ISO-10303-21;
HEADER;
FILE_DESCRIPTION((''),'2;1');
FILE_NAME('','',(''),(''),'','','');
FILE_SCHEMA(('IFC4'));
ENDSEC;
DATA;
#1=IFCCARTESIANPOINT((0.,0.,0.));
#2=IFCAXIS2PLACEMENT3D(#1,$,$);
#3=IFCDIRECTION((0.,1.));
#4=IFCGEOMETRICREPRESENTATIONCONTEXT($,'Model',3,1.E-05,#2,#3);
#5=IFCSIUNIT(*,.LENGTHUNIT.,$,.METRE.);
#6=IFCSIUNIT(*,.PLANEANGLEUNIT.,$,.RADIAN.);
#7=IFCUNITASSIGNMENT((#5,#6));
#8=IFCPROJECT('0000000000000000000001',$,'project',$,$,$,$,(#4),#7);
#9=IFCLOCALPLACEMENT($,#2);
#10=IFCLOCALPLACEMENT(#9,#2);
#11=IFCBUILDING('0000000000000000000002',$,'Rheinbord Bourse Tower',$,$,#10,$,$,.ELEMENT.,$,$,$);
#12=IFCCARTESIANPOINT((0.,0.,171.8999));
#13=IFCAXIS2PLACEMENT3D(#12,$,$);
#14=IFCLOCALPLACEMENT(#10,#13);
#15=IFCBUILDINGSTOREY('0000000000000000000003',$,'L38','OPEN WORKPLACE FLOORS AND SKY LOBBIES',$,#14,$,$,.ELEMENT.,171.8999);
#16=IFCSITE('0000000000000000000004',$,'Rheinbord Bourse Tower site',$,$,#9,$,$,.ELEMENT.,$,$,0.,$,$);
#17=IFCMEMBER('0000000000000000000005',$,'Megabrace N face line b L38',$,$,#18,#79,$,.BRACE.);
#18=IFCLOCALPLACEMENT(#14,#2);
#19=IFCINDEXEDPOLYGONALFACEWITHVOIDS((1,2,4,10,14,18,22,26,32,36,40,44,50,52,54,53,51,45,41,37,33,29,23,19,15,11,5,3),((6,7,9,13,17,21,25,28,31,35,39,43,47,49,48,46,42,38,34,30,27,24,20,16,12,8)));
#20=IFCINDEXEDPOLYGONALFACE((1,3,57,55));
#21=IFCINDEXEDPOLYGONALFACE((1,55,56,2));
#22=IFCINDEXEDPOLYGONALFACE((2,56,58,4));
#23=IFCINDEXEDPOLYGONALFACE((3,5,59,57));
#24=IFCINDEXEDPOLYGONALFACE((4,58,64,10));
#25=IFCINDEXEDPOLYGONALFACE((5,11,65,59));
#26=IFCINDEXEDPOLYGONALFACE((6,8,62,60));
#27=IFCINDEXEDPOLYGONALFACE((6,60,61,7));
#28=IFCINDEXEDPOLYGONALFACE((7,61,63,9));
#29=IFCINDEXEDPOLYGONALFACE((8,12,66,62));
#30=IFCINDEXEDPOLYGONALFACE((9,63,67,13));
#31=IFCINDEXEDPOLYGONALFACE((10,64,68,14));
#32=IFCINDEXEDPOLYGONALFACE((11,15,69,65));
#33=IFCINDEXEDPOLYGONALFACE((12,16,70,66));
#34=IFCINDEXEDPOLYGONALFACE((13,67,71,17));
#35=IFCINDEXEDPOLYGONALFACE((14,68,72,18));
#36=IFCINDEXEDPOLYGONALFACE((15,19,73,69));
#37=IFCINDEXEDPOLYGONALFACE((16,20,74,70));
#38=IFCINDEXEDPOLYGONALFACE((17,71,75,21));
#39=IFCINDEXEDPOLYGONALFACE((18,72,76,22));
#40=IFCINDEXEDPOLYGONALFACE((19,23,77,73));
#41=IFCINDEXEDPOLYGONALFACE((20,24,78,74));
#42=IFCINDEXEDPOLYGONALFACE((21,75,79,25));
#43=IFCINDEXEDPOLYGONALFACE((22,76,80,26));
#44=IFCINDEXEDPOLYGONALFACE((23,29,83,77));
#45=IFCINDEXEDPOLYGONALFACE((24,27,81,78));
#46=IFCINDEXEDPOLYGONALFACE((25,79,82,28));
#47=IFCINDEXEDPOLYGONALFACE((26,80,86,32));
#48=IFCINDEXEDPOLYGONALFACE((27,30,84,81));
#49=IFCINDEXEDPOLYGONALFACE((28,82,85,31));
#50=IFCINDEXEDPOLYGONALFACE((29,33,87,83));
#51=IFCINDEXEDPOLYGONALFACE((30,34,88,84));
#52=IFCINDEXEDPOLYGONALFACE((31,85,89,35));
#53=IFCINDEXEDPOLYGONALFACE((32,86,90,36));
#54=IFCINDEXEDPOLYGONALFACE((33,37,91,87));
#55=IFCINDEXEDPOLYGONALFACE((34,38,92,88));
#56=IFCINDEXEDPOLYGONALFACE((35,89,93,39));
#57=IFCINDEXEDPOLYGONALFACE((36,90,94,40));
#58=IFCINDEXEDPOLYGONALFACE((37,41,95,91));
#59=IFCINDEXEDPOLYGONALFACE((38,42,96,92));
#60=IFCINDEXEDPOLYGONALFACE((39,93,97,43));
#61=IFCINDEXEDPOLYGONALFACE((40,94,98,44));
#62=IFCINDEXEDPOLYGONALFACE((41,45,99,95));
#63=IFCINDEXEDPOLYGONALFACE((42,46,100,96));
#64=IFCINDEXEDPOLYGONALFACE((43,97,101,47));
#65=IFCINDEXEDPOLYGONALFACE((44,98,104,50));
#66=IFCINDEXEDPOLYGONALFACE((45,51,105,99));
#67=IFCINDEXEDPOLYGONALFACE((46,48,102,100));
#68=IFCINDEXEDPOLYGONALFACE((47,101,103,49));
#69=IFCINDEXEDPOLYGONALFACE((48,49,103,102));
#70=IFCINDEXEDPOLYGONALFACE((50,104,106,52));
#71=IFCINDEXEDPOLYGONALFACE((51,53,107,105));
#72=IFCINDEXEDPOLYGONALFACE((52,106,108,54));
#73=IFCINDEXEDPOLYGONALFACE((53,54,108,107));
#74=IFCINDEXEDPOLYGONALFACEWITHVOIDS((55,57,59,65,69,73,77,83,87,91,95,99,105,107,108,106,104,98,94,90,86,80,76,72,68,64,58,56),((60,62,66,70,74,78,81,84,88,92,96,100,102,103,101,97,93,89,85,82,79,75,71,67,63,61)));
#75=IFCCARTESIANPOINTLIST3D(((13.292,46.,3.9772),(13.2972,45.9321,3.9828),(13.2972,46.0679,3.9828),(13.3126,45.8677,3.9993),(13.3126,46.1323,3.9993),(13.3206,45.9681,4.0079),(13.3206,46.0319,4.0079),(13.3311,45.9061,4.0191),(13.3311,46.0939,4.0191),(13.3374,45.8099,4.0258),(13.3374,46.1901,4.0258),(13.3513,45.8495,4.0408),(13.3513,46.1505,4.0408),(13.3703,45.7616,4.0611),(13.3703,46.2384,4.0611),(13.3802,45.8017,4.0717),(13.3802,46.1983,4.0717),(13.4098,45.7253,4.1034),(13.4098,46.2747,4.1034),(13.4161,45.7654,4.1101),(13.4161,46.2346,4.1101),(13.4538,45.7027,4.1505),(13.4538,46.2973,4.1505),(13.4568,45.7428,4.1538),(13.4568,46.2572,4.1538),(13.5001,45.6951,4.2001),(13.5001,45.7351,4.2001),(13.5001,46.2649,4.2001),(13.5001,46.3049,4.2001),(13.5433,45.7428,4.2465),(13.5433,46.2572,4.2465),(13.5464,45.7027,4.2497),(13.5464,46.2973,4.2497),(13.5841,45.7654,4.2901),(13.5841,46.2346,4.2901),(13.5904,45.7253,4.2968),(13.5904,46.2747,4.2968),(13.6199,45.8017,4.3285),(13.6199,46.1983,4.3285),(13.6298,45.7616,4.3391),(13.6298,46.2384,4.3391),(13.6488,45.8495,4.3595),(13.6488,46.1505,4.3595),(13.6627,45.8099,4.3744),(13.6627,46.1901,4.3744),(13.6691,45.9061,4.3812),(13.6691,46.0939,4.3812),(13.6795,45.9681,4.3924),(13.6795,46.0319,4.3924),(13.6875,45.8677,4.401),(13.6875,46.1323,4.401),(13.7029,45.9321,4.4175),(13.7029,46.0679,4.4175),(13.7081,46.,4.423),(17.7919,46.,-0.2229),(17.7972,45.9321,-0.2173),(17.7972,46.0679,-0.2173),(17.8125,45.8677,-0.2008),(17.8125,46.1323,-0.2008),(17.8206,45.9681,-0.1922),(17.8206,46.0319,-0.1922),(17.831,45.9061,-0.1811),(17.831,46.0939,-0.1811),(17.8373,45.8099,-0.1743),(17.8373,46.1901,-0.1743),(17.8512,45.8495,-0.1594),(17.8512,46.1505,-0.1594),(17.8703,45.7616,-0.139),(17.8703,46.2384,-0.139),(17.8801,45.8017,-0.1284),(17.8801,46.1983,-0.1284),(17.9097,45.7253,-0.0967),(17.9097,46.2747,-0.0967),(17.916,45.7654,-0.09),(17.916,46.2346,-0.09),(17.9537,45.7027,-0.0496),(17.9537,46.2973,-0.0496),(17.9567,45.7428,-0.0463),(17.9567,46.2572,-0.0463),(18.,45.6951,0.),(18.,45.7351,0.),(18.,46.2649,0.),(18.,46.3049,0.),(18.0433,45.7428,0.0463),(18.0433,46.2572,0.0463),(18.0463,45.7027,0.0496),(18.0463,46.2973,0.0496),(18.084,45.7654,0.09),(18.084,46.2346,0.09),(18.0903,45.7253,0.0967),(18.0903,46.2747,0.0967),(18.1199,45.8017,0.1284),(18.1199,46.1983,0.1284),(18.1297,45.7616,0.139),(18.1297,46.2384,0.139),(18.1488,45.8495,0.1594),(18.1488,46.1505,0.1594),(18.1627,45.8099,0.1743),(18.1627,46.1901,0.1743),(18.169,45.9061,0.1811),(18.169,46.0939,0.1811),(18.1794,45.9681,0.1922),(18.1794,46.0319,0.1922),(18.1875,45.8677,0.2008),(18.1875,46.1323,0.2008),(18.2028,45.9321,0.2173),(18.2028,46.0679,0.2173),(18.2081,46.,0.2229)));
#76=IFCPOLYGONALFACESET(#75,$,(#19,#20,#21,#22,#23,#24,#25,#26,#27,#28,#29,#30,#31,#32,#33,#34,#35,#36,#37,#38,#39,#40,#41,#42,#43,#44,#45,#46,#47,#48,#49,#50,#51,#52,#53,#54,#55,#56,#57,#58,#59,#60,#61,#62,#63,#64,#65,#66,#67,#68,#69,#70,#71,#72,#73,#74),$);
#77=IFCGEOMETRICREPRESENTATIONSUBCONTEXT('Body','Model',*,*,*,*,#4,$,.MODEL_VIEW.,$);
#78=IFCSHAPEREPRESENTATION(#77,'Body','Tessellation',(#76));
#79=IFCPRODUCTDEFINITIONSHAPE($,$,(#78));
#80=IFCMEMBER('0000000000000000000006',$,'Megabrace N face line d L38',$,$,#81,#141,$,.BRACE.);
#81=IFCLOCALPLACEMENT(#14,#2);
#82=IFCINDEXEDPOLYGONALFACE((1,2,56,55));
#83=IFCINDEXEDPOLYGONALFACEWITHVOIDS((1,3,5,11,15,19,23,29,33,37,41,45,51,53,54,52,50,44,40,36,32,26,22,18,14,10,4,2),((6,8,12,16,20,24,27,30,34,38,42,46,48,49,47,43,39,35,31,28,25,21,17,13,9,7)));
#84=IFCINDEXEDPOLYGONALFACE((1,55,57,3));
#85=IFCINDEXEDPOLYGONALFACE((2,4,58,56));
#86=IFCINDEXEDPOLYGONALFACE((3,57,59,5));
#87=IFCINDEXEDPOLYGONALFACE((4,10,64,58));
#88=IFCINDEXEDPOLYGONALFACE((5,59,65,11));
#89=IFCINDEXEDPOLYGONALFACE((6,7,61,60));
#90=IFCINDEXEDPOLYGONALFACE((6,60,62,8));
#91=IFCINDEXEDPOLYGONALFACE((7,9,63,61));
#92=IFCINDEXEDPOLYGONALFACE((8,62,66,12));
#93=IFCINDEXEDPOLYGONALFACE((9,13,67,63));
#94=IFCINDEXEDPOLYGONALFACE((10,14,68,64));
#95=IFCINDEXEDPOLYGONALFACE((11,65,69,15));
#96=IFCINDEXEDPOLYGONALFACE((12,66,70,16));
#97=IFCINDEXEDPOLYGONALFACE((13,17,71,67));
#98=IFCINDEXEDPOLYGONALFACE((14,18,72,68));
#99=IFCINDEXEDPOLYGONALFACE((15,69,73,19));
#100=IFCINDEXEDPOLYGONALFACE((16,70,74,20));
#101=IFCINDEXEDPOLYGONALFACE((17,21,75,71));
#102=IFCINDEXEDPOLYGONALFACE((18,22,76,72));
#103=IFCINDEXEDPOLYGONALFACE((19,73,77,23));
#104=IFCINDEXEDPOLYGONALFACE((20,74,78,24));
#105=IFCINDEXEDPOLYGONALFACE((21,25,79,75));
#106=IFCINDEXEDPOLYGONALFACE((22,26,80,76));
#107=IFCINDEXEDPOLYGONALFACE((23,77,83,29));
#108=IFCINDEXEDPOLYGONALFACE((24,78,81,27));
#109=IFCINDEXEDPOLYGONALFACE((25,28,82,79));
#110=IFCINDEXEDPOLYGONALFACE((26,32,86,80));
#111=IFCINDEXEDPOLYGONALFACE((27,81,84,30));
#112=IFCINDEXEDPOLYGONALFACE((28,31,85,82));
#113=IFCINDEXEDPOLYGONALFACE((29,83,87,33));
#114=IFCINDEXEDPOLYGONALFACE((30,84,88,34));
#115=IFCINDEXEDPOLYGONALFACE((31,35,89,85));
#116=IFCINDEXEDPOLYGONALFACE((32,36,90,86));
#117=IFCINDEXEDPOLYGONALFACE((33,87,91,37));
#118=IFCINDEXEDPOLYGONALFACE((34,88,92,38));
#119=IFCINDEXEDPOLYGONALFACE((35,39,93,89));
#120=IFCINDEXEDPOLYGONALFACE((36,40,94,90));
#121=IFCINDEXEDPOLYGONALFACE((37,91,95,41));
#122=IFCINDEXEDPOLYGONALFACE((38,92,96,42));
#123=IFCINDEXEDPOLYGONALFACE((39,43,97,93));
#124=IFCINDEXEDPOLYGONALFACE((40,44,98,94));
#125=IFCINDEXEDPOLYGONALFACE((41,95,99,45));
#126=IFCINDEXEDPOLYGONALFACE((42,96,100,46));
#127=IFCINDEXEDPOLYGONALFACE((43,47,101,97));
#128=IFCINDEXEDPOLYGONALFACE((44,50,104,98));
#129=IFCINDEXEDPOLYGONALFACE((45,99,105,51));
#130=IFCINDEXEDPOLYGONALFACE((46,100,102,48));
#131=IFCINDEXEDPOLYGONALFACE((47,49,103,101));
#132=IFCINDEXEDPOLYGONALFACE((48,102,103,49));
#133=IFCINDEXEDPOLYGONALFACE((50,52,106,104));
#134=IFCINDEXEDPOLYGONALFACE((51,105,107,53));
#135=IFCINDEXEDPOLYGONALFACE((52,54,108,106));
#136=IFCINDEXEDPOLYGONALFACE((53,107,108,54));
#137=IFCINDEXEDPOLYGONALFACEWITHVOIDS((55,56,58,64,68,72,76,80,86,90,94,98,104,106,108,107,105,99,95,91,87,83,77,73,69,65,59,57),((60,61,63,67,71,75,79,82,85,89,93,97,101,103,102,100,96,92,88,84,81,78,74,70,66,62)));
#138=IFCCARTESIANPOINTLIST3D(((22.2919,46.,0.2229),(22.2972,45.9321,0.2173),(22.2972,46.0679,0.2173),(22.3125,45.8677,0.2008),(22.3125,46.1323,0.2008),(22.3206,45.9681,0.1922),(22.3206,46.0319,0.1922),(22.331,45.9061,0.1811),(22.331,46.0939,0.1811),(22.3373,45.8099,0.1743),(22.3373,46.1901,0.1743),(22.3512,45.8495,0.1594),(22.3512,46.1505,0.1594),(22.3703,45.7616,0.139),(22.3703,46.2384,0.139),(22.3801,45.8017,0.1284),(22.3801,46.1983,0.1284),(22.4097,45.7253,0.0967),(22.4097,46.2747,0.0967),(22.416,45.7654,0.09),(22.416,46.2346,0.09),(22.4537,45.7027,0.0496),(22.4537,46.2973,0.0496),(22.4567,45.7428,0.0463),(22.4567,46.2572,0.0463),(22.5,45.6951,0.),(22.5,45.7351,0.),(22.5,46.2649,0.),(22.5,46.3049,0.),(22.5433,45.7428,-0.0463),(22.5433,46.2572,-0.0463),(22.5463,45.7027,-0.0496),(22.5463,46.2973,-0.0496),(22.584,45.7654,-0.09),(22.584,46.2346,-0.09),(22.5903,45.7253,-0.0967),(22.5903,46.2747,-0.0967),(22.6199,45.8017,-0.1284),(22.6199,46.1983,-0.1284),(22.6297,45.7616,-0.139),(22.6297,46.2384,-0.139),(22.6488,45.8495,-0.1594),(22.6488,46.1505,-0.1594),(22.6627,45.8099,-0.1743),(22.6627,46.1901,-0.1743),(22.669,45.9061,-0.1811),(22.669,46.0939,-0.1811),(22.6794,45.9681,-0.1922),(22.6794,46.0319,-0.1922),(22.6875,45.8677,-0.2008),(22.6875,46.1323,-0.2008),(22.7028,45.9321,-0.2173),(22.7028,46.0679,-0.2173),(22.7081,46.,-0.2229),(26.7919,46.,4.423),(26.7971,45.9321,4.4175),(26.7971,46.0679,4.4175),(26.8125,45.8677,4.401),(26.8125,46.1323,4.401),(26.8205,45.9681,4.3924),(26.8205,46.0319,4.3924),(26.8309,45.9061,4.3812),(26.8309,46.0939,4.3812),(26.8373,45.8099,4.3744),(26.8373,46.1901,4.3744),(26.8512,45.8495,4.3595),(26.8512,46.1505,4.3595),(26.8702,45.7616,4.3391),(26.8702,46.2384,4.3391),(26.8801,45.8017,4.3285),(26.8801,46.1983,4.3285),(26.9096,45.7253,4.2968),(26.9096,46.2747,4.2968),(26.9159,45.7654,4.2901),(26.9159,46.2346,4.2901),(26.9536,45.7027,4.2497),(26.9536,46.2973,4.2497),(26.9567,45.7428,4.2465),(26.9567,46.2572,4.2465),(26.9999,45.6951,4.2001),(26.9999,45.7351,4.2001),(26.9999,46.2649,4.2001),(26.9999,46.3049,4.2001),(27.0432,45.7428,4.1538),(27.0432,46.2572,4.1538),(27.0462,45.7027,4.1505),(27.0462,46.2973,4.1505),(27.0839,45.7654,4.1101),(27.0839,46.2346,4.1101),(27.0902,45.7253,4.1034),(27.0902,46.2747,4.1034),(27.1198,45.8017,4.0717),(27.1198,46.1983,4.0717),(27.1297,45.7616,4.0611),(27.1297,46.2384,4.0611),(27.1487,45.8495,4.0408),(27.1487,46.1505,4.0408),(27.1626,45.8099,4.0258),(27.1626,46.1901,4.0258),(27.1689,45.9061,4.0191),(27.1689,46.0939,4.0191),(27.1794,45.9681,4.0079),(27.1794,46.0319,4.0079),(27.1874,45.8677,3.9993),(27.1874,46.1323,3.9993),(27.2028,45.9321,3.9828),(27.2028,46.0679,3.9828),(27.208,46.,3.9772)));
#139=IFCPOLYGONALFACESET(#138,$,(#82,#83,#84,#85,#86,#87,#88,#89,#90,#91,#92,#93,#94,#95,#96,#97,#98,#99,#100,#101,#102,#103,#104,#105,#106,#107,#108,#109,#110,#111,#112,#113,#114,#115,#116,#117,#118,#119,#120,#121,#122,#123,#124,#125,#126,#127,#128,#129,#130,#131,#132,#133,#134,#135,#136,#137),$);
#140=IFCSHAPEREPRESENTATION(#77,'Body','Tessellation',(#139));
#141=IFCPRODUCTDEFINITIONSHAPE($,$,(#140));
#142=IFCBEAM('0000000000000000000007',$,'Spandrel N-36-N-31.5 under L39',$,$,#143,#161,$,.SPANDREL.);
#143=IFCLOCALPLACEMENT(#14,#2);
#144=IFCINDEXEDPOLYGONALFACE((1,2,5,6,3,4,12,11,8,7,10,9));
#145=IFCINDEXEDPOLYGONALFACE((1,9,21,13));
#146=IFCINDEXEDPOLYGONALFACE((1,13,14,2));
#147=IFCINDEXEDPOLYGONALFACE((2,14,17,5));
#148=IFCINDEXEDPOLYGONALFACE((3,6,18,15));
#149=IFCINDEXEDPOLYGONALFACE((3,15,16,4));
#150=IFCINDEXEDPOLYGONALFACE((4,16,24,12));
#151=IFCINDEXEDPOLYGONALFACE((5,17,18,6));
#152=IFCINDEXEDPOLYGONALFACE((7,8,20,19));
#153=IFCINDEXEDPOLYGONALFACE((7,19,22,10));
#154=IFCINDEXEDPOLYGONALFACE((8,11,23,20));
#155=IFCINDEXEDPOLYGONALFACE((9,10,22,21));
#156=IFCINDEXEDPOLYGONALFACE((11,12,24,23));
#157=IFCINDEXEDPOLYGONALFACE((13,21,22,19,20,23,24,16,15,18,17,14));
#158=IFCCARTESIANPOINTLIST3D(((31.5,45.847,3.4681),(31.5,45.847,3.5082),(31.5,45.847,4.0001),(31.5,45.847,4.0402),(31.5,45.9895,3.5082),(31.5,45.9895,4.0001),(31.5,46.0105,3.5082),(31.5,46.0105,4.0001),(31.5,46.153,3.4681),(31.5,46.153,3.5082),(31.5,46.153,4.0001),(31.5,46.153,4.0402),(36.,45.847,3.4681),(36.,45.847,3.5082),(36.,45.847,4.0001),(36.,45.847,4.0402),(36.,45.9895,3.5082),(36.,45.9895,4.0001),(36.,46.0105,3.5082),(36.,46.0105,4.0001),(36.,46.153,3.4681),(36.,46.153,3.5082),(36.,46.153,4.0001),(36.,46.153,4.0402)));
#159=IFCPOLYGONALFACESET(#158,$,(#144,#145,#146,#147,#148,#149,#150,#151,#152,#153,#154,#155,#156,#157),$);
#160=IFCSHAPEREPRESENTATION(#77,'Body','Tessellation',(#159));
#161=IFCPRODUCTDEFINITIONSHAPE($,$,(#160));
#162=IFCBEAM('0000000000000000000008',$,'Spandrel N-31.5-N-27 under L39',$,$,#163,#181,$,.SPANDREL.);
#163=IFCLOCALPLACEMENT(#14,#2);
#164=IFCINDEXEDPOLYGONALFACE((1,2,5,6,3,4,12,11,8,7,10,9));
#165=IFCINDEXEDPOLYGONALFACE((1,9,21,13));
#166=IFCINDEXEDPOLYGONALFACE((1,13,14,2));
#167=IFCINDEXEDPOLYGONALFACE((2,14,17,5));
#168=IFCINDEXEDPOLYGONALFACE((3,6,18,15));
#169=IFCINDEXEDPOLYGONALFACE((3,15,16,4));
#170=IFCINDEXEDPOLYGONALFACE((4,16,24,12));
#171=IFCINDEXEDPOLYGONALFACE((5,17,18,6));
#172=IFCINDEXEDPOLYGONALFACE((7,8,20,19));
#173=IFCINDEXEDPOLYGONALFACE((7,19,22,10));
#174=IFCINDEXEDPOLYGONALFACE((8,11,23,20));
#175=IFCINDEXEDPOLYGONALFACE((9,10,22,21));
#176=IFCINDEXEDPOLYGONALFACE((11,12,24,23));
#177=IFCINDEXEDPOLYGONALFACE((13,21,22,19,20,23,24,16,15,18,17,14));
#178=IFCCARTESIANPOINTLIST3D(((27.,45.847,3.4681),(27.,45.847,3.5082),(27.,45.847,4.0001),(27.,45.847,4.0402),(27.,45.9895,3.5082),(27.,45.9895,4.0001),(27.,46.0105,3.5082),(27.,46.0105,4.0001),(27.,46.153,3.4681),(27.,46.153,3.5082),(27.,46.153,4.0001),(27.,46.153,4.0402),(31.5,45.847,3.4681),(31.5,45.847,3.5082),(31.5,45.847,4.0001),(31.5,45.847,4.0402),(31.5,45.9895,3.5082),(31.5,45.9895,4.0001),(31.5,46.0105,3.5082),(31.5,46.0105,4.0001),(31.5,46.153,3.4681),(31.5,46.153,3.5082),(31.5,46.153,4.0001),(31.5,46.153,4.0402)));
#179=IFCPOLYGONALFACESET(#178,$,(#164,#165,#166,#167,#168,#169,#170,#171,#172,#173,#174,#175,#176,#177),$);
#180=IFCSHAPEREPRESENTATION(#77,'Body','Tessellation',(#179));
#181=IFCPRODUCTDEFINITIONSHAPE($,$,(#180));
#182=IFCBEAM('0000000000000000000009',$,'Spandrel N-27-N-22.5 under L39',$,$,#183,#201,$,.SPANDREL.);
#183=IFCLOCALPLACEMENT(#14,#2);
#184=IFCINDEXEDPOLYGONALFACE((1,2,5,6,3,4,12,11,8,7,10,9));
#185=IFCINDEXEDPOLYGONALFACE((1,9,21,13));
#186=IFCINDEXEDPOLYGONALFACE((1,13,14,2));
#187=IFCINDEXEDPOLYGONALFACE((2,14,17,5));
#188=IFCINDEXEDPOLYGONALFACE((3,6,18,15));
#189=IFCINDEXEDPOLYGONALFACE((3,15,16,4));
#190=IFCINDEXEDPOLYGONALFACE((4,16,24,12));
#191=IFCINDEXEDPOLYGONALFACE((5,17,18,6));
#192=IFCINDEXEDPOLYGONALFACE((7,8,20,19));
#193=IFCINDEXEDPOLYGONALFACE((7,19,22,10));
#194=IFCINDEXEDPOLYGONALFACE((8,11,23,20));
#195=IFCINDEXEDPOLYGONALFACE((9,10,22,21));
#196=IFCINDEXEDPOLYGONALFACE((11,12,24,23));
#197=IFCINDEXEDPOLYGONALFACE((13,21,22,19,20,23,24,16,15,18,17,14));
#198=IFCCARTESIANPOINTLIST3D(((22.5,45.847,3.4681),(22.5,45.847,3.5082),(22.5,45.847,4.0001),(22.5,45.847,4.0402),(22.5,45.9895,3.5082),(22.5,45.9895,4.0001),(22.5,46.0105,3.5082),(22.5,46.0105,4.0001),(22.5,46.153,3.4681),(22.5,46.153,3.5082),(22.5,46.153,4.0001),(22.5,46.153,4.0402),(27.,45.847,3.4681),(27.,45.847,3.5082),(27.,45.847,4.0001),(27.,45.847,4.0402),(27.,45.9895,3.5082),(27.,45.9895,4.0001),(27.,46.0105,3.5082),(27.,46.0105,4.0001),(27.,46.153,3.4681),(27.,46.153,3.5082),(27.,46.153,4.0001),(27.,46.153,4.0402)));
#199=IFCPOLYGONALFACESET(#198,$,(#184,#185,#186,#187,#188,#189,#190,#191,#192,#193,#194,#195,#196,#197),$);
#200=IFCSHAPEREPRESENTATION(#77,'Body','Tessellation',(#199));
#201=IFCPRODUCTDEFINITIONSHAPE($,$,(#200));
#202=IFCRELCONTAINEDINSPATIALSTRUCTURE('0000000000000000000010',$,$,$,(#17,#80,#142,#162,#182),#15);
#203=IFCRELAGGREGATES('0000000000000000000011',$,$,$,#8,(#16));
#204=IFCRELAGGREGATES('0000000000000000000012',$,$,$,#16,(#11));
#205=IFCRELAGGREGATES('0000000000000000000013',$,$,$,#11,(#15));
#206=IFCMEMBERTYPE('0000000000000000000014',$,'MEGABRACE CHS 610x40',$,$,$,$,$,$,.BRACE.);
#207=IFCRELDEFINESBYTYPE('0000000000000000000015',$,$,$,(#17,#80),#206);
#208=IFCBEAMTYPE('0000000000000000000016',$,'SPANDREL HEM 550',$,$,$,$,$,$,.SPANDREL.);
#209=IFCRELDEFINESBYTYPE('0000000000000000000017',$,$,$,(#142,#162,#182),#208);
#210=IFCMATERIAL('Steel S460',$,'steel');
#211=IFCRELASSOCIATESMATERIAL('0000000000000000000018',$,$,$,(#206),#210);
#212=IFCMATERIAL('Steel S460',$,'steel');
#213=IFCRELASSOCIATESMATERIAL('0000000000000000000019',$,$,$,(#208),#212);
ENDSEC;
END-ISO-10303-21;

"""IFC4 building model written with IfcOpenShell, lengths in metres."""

from ifc_helpers import new_model, si_unit, direction, frame, origin, origin_2d, place, context, subcontext, project, spatial, hollow_circle, i_section, extrude, material, material_profile, profile_set, type_object, element, save


model = new_model("IFC4")

# Units and contexts
model_context = context("Model", 3, precision=1e-05, world=origin(), true_north=direction((0.0, 1.0)))
body_context = subcontext(model_context, "Body", "Model", "MODEL_VIEW")
ifc_project = project(units=[si_unit("LENGTHUNIT", "METRE"), si_unit("PLANEANGLEUNIT", "RADIAN")], contexts=[model_context])

# Site, building, storey
site_placement = place(None, origin())
site = spatial("IfcSite", under=ifc_project, at=site_placement, Name="Rheinbord Bourse Tower site", CompositionType="ELEMENT", RefElevation=0.0)
building_placement = place(site_placement, origin())
building = spatial("IfcBuilding", under=site, at=building_placement, Name="Rheinbord Bourse Tower", CompositionType="ELEMENT")
storey_placement = place(building_placement, frame((0.0, 0.0, 171.8999)))
storey = spatial("IfcBuildingStorey", under=building, at=storey_placement, Name="L38", Description="OPEN WORKPLACE FLOORS AND SKY LOBBIES", CompositionType="ELEMENT", Elevation=171.8999)

# Members
ifc_material_1 = material(Name="Steel S460", Category="steel")
ifc_material_profile_1 = material_profile(ifc_material_1, hollow_circle(Radius=0.3049, WallThickness=0.04, at=origin_2d()), Name="CHS 610x40")
ifc_profile_set_1 = profile_set([ifc_material_profile_1], Name="Steel S460")
member_type_1 = type_object("IfcMemberType", Name="MEGABRACE CHS 610x40", PredefinedType="BRACE", material=ifc_profile_set_1)
for number, where, z_axis, x_axis, name in (
    (1, (18.0, 46.0, 0.0), (-0.731039, 0.0, 0.682335), (0.0, -1.0, 0.0), "Megabrace N face line b L38"),
    (2, (22.5, 46.0, 0.0), (0.731039, 0.0, 0.682335), (0.0, 1.0, 0.0), "Megabrace N face line d L38"),
):
    element("IfcMember", number, at=place(storey_placement, frame(where, z_axis=z_axis, x_axis=x_axis)), inside=storey, type_object=member_type_1, Name=name, PredefinedType="BRACE", context=body_context, shape_type="SweptSolid", body=[
        extrude(hollow_circle(Radius=0.3049, WallThickness=0.04, at=origin_2d()), origin(), (0.0, 0.0, 1.0), 6.1555),
    ])

# Beams
ifc_material_2 = material(Name="Steel S460", Category="steel")
ifc_material_profile_2 = material_profile(ifc_material_2, i_section(OverallWidth=0.3059, OverallDepth=0.572, WebThickness=0.021, FlangeThickness=0.04, at=origin_2d()), Name="HEM 550")
ifc_profile_set_2 = profile_set([ifc_material_profile_2], Name="Steel S460")
beam_type_1 = type_object("IfcBeamType", Name="SPANDREL HEM 550", PredefinedType="SPANDREL", material=ifc_profile_set_2)
for number, where, z_axis, x_axis, name in (
    (3, (36.0, 46.0, 3.7542), (-1.0, 0.0, 0.0), (0.0, -1.0, 0.0), "Spandrel N-36-N-31.5 under L39"),
    (4, (31.5, 46.0, 3.7542), (-1.0, 0.0, 0.0), (0.0, -1.0, 0.0), "Spandrel N-31.5-N-27 under L39"),
    (5, (27.0, 46.0, 3.7542), (-1.0, 0.0, 0.0), (0.0, -1.0, 0.0), "Spandrel N-27-N-22.5 under L39"),
):
    element("IfcBeam", number, at=place(storey_placement, frame(where, z_axis=z_axis, x_axis=x_axis)), inside=storey, type_object=beam_type_1, Name=name, PredefinedType="SPANDREL", context=body_context, shape_type="SweptSolid", body=[
        extrude(i_section(OverallWidth=0.3059, OverallDepth=0.572, WebThickness=0.021, FlangeThickness=0.04, at=origin_2d()), origin(), (0.0, 0.0, 1.0), 4.5),
    ])

save(model, "model.ifc")
